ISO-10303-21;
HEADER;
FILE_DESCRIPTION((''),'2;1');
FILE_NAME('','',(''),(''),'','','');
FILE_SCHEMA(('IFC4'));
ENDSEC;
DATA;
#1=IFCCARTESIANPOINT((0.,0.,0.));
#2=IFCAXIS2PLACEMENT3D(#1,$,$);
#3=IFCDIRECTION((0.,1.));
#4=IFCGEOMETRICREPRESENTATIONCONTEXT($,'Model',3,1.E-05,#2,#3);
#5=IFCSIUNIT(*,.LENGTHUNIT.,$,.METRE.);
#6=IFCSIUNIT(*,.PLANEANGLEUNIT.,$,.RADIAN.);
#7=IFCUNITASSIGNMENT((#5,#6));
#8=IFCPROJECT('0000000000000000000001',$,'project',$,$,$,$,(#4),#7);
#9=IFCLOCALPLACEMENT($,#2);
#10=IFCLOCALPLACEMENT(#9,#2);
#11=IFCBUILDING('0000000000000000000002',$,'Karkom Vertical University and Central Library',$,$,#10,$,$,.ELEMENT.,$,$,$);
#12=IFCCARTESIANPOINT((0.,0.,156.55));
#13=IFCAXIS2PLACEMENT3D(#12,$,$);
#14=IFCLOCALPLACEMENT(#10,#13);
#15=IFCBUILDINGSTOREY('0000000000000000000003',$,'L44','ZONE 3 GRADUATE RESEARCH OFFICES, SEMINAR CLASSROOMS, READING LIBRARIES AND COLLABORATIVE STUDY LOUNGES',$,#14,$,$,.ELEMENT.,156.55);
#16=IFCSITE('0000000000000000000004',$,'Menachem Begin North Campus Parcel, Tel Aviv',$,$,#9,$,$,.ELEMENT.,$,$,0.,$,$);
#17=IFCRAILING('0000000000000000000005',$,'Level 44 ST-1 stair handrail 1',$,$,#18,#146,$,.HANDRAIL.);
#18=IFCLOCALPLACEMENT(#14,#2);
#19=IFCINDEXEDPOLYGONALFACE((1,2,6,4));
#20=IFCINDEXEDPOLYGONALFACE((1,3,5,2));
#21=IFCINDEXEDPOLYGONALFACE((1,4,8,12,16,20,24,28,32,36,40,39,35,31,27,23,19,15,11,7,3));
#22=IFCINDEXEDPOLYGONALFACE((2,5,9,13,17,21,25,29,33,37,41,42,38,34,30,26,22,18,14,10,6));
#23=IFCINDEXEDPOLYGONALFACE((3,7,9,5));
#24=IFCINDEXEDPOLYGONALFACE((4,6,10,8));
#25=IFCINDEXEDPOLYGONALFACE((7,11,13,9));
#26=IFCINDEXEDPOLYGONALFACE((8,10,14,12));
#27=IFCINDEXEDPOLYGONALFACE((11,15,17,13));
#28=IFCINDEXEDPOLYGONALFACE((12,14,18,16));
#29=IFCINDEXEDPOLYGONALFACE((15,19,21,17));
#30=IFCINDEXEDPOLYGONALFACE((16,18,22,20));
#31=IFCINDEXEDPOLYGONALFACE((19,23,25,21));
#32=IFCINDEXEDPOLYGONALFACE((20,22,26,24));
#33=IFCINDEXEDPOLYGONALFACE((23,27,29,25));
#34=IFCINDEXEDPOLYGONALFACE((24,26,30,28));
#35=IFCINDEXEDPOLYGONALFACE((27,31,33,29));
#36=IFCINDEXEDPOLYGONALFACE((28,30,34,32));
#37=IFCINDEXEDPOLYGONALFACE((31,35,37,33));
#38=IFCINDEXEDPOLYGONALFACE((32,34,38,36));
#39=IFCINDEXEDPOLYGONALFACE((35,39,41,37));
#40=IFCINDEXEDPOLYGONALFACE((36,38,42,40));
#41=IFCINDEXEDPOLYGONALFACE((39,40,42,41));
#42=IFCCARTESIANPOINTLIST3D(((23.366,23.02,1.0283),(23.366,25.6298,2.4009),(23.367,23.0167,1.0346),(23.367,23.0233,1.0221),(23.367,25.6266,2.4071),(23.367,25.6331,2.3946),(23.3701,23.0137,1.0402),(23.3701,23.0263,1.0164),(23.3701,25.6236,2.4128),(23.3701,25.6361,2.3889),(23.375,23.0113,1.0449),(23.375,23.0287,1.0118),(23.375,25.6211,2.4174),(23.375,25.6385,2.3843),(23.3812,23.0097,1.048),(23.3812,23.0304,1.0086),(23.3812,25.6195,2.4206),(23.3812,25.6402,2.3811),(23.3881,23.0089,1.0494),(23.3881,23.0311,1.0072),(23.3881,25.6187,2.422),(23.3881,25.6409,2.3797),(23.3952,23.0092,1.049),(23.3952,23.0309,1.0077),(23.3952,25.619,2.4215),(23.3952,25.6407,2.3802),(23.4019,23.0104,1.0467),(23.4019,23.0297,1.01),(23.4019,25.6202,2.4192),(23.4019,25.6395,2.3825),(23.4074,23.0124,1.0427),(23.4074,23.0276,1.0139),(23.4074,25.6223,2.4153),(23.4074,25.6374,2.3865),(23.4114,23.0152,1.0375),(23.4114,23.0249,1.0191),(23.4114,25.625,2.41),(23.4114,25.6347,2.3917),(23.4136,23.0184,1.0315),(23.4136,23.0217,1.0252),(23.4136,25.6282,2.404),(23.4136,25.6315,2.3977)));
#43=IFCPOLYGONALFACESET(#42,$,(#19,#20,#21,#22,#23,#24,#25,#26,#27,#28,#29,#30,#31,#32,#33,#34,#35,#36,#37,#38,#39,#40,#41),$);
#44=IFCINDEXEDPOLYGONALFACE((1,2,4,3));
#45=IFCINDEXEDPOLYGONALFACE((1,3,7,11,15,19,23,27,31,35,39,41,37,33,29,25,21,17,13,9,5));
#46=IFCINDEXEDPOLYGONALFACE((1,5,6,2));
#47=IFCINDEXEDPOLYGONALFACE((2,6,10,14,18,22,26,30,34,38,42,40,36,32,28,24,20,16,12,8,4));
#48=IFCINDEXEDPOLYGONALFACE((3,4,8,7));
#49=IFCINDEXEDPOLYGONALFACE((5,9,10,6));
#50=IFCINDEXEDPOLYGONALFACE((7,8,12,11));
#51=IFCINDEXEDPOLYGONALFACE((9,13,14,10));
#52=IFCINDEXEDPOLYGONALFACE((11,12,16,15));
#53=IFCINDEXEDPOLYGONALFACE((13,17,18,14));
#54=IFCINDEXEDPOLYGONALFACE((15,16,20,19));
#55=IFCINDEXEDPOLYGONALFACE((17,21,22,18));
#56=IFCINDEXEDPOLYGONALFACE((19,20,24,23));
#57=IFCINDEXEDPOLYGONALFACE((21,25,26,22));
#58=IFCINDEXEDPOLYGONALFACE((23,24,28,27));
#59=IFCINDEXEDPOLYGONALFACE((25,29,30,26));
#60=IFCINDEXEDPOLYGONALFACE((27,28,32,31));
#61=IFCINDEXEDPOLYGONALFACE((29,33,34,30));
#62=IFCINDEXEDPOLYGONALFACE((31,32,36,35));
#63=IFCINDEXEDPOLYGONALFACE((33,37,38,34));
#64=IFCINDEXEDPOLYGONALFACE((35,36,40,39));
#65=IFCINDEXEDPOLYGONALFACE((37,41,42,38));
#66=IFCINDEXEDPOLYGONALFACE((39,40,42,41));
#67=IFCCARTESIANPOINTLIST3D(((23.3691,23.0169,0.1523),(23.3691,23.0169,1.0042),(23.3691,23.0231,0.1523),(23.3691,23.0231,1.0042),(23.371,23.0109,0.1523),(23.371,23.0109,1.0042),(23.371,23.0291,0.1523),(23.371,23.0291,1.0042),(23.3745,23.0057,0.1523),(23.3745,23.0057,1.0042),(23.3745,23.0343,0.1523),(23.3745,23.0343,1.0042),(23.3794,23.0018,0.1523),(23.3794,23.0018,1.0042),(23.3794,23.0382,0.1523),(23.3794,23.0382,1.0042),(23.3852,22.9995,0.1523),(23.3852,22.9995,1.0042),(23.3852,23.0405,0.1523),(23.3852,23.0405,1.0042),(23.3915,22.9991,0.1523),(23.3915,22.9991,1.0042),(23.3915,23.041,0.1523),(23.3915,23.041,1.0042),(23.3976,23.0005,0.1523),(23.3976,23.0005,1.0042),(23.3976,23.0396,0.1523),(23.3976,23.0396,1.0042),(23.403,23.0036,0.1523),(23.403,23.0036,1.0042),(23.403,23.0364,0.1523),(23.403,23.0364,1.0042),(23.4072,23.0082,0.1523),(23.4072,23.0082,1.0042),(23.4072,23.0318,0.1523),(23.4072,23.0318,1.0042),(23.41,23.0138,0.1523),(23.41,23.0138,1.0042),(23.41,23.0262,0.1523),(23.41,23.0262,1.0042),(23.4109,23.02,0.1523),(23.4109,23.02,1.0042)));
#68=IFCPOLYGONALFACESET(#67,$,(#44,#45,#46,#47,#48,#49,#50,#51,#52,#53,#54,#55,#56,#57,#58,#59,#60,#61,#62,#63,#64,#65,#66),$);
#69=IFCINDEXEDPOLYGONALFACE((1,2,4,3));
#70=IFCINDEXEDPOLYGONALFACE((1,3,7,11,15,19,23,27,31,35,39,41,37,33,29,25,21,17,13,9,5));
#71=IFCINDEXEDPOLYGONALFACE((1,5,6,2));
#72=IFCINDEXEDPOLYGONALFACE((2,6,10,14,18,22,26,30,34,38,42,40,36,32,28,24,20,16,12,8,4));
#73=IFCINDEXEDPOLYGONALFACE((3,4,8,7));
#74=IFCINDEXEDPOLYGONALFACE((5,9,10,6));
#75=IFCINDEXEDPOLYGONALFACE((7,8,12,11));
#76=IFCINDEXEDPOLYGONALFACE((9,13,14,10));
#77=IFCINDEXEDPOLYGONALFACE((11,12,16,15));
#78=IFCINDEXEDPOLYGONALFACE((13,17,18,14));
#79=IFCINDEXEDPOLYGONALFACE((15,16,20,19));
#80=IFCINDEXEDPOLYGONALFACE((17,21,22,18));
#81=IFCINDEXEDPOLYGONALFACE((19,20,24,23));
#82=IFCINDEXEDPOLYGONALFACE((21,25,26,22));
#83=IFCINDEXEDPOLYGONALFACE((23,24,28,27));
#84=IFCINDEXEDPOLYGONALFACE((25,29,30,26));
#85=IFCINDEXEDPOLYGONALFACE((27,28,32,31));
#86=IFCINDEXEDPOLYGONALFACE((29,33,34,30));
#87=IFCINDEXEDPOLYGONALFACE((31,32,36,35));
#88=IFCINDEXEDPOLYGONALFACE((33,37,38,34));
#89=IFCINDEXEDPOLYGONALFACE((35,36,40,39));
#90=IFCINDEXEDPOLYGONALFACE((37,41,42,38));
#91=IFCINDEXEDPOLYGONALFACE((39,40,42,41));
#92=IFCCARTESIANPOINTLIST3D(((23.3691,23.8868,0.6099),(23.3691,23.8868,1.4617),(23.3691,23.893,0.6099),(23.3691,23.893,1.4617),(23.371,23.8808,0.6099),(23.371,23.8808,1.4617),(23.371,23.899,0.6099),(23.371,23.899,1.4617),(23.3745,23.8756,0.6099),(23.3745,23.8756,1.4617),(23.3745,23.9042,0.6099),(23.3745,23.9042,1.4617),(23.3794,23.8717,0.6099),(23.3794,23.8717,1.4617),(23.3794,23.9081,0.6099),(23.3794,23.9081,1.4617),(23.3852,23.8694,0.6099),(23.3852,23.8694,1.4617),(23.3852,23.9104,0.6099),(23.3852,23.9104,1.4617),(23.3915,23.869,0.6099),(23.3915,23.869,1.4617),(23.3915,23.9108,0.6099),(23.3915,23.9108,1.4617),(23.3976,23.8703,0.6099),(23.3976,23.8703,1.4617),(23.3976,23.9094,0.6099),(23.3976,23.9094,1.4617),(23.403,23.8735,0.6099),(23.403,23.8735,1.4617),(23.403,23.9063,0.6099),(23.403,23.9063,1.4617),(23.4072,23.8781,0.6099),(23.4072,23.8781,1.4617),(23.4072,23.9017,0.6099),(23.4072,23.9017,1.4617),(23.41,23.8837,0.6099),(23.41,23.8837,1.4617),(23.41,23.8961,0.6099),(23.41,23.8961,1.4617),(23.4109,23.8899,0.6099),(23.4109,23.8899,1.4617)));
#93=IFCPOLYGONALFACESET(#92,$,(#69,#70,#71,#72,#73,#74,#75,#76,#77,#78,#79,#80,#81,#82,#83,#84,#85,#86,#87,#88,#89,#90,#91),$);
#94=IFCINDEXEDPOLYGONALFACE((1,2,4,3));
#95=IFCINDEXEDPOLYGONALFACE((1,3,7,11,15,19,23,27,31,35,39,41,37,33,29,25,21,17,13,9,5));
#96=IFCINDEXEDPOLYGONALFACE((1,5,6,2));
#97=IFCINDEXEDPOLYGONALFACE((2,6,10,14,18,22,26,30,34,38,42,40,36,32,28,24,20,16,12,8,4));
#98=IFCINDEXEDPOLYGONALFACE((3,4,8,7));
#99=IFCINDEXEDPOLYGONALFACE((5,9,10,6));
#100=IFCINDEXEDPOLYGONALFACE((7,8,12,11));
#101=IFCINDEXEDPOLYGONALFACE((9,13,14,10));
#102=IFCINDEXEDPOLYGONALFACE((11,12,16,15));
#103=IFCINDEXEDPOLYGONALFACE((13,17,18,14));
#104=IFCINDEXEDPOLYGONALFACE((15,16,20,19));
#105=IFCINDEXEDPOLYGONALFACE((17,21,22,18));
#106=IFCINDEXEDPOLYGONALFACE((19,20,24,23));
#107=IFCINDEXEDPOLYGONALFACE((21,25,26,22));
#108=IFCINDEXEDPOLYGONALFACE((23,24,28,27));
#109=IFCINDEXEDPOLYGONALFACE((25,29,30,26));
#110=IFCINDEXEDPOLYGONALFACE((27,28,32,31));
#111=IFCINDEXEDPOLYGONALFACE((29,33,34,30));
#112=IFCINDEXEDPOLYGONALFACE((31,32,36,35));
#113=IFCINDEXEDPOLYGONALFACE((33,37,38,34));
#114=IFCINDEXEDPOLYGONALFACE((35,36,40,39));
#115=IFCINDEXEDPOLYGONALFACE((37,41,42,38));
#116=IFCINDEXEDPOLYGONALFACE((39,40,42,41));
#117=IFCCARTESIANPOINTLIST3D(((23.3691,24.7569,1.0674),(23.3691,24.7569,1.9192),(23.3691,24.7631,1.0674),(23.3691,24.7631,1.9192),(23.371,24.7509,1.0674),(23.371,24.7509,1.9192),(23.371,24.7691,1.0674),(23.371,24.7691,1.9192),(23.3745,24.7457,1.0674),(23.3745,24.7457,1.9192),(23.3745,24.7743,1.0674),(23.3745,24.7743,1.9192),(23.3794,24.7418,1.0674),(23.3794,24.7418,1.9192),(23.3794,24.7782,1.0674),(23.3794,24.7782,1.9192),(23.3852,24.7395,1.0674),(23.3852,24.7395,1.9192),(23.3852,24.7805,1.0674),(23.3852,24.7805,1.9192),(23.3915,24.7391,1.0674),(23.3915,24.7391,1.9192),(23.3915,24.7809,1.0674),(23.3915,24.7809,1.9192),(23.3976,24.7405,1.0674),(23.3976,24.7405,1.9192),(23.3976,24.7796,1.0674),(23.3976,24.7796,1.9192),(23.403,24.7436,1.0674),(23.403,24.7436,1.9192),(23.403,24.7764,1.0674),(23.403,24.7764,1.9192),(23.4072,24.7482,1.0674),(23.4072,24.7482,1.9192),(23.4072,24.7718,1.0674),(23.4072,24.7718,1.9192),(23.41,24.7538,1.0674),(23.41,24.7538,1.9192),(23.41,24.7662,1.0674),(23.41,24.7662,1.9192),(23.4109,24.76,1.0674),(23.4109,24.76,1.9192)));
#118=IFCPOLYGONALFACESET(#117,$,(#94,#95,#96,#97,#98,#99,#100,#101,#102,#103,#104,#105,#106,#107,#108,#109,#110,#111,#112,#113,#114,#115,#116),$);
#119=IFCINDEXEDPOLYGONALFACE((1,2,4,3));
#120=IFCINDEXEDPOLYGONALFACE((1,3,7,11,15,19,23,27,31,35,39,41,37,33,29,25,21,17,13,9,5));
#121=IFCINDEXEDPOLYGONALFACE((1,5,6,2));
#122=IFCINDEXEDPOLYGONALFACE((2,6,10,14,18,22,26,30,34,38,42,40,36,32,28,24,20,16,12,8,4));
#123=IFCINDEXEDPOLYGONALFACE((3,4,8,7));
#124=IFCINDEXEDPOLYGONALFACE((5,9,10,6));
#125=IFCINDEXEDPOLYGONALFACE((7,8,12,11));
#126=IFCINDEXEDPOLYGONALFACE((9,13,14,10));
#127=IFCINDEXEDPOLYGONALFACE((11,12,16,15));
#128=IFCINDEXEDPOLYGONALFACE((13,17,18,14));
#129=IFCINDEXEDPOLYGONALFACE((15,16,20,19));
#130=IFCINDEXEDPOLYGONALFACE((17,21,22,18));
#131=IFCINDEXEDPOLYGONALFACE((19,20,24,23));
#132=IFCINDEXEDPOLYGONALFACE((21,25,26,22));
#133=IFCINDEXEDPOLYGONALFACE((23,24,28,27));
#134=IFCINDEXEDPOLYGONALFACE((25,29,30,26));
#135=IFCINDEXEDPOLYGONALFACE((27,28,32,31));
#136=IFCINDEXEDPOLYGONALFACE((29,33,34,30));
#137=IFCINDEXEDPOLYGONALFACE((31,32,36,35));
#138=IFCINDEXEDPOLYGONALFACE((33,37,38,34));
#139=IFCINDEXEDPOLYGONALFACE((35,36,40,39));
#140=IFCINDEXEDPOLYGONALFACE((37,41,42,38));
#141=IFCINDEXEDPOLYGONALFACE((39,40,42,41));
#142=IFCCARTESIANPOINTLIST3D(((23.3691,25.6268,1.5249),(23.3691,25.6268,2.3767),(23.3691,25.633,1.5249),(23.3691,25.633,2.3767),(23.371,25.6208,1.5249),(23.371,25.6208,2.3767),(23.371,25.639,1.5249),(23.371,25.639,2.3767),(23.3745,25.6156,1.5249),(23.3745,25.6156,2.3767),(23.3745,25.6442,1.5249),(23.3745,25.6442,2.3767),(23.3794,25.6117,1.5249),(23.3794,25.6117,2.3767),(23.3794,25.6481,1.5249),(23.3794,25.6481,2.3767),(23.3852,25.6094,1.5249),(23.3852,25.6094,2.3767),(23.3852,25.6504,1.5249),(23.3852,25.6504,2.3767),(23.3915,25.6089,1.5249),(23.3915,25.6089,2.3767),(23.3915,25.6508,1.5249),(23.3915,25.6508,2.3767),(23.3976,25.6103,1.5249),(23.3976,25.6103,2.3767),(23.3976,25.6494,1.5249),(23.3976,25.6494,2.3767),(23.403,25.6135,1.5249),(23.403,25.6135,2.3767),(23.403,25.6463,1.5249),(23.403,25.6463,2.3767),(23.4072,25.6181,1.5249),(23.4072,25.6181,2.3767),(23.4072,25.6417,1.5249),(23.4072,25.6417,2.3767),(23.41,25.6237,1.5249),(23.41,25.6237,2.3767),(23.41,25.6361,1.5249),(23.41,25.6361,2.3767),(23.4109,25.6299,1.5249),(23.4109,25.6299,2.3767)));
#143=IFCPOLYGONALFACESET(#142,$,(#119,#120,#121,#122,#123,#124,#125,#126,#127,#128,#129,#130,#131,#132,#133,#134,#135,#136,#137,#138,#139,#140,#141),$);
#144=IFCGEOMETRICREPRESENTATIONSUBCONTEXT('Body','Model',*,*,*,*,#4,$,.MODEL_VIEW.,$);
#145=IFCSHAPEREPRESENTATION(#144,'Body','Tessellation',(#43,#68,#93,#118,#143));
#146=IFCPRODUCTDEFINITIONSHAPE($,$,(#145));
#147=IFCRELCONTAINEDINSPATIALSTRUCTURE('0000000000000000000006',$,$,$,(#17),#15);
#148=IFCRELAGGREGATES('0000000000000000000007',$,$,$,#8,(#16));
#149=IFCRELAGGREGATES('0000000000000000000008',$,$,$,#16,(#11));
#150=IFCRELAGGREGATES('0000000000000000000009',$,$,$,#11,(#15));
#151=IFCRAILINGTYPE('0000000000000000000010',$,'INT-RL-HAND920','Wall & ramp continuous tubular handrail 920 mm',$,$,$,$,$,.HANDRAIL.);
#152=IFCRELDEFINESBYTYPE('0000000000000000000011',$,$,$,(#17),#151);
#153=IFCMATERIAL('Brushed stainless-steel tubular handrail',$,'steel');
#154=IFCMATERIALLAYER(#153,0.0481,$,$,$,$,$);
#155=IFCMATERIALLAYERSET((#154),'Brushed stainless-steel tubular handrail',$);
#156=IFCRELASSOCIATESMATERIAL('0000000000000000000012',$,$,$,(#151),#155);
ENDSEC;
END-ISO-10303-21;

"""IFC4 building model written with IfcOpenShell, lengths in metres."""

from ifc_helpers import new_model, si_unit, direction, frame, origin, origin_2d, place, context, subcontext, project, spatial, circle, extrude, material, layer, layer_set, type_object, element, save


model = new_model("IFC4")

# Units and contexts
model_context = context("Model", 3, precision=1e-05, world=origin(), true_north=direction((0.0, 1.0)))
body_context = subcontext(model_context, "Body", "Model", "MODEL_VIEW")
ifc_project = project(units=[si_unit("LENGTHUNIT", "METRE"), si_unit("PLANEANGLEUNIT", "RADIAN")], contexts=[model_context])

# Site, building, storey
site_placement = place(None, origin())
site = spatial("IfcSite", under=ifc_project, at=site_placement, Name="Menachem Begin North Campus Parcel, Tel Aviv", CompositionType="ELEMENT", RefElevation=0.0)
building_placement = place(site_placement, origin())
building = spatial("IfcBuilding", under=site, at=building_placement, Name="Karkom Vertical University and Central Library", CompositionType="ELEMENT")
storey_placement = place(building_placement, frame((0.0, 0.0, 156.55)))
storey = spatial("IfcBuildingStorey", under=building, at=storey_placement, Name="L44", Description="ZONE 3 GRADUATE RESEARCH OFFICES, SEMINAR CLASSROOMS, READING LIBRARIES AND COLLABORATIVE STUDY LOUNGES", CompositionType="ELEMENT", Elevation=156.55)

# Railing
ifc_material_1 = material(Name="Brushed stainless-steel tubular handrail", Category="steel")
ifc_layer_1 = layer(ifc_material_1, 0.0481)
ifc_layer_set_1 = layer_set([ifc_layer_1], Name="Brushed stainless-steel tubular handrail")
railing_type_1 = type_object("IfcRailingType", Name="INT-RL-HAND920", Description="Wall & ramp continuous tubular handrail 920 mm", PredefinedType="HANDRAIL", material=ifc_layer_set_1)
railing_1_placement = place(storey_placement, frame((23.3899, 23.02, 0.1523)))
element("IfcRailing", 1, at=railing_1_placement, inside=storey, type_object=railing_type_1, Name="Level 44 ST-1 stair handrail 1", PredefinedType="HANDRAIL", context=body_context, shape_type="SweptSolid", body=[
    extrude(circle(Radius=0.0239, at=origin_2d()), frame((0.0, 0.0, 0.876), z_axis=(0.0, 0.885065, 0.465467), x_axis=(-1.0, 0.0, 0.0)), (0.0, 0.0, 1.0), 2.9487),
    extrude(circle(Radius=0.021, at=origin_2d()), origin(), (0.0, 0.0, 1.0), 0.8518),
    extrude(circle(Radius=0.021, at=origin_2d()), frame((0.0, 0.8699, 0.4575)), (0.0, 0.0, 1.0), 0.8518),
    extrude(circle(Radius=0.021, at=origin_2d()), frame((0.0, 1.74, 0.915)), (0.0, 0.0, 1.0), 0.8518),
    extrude(circle(Radius=0.021, at=origin_2d()), frame((0.0, 2.6099, 1.3726)), (0.0, 0.0, 1.0), 0.8518),
])

save(model, "model.ifc")
